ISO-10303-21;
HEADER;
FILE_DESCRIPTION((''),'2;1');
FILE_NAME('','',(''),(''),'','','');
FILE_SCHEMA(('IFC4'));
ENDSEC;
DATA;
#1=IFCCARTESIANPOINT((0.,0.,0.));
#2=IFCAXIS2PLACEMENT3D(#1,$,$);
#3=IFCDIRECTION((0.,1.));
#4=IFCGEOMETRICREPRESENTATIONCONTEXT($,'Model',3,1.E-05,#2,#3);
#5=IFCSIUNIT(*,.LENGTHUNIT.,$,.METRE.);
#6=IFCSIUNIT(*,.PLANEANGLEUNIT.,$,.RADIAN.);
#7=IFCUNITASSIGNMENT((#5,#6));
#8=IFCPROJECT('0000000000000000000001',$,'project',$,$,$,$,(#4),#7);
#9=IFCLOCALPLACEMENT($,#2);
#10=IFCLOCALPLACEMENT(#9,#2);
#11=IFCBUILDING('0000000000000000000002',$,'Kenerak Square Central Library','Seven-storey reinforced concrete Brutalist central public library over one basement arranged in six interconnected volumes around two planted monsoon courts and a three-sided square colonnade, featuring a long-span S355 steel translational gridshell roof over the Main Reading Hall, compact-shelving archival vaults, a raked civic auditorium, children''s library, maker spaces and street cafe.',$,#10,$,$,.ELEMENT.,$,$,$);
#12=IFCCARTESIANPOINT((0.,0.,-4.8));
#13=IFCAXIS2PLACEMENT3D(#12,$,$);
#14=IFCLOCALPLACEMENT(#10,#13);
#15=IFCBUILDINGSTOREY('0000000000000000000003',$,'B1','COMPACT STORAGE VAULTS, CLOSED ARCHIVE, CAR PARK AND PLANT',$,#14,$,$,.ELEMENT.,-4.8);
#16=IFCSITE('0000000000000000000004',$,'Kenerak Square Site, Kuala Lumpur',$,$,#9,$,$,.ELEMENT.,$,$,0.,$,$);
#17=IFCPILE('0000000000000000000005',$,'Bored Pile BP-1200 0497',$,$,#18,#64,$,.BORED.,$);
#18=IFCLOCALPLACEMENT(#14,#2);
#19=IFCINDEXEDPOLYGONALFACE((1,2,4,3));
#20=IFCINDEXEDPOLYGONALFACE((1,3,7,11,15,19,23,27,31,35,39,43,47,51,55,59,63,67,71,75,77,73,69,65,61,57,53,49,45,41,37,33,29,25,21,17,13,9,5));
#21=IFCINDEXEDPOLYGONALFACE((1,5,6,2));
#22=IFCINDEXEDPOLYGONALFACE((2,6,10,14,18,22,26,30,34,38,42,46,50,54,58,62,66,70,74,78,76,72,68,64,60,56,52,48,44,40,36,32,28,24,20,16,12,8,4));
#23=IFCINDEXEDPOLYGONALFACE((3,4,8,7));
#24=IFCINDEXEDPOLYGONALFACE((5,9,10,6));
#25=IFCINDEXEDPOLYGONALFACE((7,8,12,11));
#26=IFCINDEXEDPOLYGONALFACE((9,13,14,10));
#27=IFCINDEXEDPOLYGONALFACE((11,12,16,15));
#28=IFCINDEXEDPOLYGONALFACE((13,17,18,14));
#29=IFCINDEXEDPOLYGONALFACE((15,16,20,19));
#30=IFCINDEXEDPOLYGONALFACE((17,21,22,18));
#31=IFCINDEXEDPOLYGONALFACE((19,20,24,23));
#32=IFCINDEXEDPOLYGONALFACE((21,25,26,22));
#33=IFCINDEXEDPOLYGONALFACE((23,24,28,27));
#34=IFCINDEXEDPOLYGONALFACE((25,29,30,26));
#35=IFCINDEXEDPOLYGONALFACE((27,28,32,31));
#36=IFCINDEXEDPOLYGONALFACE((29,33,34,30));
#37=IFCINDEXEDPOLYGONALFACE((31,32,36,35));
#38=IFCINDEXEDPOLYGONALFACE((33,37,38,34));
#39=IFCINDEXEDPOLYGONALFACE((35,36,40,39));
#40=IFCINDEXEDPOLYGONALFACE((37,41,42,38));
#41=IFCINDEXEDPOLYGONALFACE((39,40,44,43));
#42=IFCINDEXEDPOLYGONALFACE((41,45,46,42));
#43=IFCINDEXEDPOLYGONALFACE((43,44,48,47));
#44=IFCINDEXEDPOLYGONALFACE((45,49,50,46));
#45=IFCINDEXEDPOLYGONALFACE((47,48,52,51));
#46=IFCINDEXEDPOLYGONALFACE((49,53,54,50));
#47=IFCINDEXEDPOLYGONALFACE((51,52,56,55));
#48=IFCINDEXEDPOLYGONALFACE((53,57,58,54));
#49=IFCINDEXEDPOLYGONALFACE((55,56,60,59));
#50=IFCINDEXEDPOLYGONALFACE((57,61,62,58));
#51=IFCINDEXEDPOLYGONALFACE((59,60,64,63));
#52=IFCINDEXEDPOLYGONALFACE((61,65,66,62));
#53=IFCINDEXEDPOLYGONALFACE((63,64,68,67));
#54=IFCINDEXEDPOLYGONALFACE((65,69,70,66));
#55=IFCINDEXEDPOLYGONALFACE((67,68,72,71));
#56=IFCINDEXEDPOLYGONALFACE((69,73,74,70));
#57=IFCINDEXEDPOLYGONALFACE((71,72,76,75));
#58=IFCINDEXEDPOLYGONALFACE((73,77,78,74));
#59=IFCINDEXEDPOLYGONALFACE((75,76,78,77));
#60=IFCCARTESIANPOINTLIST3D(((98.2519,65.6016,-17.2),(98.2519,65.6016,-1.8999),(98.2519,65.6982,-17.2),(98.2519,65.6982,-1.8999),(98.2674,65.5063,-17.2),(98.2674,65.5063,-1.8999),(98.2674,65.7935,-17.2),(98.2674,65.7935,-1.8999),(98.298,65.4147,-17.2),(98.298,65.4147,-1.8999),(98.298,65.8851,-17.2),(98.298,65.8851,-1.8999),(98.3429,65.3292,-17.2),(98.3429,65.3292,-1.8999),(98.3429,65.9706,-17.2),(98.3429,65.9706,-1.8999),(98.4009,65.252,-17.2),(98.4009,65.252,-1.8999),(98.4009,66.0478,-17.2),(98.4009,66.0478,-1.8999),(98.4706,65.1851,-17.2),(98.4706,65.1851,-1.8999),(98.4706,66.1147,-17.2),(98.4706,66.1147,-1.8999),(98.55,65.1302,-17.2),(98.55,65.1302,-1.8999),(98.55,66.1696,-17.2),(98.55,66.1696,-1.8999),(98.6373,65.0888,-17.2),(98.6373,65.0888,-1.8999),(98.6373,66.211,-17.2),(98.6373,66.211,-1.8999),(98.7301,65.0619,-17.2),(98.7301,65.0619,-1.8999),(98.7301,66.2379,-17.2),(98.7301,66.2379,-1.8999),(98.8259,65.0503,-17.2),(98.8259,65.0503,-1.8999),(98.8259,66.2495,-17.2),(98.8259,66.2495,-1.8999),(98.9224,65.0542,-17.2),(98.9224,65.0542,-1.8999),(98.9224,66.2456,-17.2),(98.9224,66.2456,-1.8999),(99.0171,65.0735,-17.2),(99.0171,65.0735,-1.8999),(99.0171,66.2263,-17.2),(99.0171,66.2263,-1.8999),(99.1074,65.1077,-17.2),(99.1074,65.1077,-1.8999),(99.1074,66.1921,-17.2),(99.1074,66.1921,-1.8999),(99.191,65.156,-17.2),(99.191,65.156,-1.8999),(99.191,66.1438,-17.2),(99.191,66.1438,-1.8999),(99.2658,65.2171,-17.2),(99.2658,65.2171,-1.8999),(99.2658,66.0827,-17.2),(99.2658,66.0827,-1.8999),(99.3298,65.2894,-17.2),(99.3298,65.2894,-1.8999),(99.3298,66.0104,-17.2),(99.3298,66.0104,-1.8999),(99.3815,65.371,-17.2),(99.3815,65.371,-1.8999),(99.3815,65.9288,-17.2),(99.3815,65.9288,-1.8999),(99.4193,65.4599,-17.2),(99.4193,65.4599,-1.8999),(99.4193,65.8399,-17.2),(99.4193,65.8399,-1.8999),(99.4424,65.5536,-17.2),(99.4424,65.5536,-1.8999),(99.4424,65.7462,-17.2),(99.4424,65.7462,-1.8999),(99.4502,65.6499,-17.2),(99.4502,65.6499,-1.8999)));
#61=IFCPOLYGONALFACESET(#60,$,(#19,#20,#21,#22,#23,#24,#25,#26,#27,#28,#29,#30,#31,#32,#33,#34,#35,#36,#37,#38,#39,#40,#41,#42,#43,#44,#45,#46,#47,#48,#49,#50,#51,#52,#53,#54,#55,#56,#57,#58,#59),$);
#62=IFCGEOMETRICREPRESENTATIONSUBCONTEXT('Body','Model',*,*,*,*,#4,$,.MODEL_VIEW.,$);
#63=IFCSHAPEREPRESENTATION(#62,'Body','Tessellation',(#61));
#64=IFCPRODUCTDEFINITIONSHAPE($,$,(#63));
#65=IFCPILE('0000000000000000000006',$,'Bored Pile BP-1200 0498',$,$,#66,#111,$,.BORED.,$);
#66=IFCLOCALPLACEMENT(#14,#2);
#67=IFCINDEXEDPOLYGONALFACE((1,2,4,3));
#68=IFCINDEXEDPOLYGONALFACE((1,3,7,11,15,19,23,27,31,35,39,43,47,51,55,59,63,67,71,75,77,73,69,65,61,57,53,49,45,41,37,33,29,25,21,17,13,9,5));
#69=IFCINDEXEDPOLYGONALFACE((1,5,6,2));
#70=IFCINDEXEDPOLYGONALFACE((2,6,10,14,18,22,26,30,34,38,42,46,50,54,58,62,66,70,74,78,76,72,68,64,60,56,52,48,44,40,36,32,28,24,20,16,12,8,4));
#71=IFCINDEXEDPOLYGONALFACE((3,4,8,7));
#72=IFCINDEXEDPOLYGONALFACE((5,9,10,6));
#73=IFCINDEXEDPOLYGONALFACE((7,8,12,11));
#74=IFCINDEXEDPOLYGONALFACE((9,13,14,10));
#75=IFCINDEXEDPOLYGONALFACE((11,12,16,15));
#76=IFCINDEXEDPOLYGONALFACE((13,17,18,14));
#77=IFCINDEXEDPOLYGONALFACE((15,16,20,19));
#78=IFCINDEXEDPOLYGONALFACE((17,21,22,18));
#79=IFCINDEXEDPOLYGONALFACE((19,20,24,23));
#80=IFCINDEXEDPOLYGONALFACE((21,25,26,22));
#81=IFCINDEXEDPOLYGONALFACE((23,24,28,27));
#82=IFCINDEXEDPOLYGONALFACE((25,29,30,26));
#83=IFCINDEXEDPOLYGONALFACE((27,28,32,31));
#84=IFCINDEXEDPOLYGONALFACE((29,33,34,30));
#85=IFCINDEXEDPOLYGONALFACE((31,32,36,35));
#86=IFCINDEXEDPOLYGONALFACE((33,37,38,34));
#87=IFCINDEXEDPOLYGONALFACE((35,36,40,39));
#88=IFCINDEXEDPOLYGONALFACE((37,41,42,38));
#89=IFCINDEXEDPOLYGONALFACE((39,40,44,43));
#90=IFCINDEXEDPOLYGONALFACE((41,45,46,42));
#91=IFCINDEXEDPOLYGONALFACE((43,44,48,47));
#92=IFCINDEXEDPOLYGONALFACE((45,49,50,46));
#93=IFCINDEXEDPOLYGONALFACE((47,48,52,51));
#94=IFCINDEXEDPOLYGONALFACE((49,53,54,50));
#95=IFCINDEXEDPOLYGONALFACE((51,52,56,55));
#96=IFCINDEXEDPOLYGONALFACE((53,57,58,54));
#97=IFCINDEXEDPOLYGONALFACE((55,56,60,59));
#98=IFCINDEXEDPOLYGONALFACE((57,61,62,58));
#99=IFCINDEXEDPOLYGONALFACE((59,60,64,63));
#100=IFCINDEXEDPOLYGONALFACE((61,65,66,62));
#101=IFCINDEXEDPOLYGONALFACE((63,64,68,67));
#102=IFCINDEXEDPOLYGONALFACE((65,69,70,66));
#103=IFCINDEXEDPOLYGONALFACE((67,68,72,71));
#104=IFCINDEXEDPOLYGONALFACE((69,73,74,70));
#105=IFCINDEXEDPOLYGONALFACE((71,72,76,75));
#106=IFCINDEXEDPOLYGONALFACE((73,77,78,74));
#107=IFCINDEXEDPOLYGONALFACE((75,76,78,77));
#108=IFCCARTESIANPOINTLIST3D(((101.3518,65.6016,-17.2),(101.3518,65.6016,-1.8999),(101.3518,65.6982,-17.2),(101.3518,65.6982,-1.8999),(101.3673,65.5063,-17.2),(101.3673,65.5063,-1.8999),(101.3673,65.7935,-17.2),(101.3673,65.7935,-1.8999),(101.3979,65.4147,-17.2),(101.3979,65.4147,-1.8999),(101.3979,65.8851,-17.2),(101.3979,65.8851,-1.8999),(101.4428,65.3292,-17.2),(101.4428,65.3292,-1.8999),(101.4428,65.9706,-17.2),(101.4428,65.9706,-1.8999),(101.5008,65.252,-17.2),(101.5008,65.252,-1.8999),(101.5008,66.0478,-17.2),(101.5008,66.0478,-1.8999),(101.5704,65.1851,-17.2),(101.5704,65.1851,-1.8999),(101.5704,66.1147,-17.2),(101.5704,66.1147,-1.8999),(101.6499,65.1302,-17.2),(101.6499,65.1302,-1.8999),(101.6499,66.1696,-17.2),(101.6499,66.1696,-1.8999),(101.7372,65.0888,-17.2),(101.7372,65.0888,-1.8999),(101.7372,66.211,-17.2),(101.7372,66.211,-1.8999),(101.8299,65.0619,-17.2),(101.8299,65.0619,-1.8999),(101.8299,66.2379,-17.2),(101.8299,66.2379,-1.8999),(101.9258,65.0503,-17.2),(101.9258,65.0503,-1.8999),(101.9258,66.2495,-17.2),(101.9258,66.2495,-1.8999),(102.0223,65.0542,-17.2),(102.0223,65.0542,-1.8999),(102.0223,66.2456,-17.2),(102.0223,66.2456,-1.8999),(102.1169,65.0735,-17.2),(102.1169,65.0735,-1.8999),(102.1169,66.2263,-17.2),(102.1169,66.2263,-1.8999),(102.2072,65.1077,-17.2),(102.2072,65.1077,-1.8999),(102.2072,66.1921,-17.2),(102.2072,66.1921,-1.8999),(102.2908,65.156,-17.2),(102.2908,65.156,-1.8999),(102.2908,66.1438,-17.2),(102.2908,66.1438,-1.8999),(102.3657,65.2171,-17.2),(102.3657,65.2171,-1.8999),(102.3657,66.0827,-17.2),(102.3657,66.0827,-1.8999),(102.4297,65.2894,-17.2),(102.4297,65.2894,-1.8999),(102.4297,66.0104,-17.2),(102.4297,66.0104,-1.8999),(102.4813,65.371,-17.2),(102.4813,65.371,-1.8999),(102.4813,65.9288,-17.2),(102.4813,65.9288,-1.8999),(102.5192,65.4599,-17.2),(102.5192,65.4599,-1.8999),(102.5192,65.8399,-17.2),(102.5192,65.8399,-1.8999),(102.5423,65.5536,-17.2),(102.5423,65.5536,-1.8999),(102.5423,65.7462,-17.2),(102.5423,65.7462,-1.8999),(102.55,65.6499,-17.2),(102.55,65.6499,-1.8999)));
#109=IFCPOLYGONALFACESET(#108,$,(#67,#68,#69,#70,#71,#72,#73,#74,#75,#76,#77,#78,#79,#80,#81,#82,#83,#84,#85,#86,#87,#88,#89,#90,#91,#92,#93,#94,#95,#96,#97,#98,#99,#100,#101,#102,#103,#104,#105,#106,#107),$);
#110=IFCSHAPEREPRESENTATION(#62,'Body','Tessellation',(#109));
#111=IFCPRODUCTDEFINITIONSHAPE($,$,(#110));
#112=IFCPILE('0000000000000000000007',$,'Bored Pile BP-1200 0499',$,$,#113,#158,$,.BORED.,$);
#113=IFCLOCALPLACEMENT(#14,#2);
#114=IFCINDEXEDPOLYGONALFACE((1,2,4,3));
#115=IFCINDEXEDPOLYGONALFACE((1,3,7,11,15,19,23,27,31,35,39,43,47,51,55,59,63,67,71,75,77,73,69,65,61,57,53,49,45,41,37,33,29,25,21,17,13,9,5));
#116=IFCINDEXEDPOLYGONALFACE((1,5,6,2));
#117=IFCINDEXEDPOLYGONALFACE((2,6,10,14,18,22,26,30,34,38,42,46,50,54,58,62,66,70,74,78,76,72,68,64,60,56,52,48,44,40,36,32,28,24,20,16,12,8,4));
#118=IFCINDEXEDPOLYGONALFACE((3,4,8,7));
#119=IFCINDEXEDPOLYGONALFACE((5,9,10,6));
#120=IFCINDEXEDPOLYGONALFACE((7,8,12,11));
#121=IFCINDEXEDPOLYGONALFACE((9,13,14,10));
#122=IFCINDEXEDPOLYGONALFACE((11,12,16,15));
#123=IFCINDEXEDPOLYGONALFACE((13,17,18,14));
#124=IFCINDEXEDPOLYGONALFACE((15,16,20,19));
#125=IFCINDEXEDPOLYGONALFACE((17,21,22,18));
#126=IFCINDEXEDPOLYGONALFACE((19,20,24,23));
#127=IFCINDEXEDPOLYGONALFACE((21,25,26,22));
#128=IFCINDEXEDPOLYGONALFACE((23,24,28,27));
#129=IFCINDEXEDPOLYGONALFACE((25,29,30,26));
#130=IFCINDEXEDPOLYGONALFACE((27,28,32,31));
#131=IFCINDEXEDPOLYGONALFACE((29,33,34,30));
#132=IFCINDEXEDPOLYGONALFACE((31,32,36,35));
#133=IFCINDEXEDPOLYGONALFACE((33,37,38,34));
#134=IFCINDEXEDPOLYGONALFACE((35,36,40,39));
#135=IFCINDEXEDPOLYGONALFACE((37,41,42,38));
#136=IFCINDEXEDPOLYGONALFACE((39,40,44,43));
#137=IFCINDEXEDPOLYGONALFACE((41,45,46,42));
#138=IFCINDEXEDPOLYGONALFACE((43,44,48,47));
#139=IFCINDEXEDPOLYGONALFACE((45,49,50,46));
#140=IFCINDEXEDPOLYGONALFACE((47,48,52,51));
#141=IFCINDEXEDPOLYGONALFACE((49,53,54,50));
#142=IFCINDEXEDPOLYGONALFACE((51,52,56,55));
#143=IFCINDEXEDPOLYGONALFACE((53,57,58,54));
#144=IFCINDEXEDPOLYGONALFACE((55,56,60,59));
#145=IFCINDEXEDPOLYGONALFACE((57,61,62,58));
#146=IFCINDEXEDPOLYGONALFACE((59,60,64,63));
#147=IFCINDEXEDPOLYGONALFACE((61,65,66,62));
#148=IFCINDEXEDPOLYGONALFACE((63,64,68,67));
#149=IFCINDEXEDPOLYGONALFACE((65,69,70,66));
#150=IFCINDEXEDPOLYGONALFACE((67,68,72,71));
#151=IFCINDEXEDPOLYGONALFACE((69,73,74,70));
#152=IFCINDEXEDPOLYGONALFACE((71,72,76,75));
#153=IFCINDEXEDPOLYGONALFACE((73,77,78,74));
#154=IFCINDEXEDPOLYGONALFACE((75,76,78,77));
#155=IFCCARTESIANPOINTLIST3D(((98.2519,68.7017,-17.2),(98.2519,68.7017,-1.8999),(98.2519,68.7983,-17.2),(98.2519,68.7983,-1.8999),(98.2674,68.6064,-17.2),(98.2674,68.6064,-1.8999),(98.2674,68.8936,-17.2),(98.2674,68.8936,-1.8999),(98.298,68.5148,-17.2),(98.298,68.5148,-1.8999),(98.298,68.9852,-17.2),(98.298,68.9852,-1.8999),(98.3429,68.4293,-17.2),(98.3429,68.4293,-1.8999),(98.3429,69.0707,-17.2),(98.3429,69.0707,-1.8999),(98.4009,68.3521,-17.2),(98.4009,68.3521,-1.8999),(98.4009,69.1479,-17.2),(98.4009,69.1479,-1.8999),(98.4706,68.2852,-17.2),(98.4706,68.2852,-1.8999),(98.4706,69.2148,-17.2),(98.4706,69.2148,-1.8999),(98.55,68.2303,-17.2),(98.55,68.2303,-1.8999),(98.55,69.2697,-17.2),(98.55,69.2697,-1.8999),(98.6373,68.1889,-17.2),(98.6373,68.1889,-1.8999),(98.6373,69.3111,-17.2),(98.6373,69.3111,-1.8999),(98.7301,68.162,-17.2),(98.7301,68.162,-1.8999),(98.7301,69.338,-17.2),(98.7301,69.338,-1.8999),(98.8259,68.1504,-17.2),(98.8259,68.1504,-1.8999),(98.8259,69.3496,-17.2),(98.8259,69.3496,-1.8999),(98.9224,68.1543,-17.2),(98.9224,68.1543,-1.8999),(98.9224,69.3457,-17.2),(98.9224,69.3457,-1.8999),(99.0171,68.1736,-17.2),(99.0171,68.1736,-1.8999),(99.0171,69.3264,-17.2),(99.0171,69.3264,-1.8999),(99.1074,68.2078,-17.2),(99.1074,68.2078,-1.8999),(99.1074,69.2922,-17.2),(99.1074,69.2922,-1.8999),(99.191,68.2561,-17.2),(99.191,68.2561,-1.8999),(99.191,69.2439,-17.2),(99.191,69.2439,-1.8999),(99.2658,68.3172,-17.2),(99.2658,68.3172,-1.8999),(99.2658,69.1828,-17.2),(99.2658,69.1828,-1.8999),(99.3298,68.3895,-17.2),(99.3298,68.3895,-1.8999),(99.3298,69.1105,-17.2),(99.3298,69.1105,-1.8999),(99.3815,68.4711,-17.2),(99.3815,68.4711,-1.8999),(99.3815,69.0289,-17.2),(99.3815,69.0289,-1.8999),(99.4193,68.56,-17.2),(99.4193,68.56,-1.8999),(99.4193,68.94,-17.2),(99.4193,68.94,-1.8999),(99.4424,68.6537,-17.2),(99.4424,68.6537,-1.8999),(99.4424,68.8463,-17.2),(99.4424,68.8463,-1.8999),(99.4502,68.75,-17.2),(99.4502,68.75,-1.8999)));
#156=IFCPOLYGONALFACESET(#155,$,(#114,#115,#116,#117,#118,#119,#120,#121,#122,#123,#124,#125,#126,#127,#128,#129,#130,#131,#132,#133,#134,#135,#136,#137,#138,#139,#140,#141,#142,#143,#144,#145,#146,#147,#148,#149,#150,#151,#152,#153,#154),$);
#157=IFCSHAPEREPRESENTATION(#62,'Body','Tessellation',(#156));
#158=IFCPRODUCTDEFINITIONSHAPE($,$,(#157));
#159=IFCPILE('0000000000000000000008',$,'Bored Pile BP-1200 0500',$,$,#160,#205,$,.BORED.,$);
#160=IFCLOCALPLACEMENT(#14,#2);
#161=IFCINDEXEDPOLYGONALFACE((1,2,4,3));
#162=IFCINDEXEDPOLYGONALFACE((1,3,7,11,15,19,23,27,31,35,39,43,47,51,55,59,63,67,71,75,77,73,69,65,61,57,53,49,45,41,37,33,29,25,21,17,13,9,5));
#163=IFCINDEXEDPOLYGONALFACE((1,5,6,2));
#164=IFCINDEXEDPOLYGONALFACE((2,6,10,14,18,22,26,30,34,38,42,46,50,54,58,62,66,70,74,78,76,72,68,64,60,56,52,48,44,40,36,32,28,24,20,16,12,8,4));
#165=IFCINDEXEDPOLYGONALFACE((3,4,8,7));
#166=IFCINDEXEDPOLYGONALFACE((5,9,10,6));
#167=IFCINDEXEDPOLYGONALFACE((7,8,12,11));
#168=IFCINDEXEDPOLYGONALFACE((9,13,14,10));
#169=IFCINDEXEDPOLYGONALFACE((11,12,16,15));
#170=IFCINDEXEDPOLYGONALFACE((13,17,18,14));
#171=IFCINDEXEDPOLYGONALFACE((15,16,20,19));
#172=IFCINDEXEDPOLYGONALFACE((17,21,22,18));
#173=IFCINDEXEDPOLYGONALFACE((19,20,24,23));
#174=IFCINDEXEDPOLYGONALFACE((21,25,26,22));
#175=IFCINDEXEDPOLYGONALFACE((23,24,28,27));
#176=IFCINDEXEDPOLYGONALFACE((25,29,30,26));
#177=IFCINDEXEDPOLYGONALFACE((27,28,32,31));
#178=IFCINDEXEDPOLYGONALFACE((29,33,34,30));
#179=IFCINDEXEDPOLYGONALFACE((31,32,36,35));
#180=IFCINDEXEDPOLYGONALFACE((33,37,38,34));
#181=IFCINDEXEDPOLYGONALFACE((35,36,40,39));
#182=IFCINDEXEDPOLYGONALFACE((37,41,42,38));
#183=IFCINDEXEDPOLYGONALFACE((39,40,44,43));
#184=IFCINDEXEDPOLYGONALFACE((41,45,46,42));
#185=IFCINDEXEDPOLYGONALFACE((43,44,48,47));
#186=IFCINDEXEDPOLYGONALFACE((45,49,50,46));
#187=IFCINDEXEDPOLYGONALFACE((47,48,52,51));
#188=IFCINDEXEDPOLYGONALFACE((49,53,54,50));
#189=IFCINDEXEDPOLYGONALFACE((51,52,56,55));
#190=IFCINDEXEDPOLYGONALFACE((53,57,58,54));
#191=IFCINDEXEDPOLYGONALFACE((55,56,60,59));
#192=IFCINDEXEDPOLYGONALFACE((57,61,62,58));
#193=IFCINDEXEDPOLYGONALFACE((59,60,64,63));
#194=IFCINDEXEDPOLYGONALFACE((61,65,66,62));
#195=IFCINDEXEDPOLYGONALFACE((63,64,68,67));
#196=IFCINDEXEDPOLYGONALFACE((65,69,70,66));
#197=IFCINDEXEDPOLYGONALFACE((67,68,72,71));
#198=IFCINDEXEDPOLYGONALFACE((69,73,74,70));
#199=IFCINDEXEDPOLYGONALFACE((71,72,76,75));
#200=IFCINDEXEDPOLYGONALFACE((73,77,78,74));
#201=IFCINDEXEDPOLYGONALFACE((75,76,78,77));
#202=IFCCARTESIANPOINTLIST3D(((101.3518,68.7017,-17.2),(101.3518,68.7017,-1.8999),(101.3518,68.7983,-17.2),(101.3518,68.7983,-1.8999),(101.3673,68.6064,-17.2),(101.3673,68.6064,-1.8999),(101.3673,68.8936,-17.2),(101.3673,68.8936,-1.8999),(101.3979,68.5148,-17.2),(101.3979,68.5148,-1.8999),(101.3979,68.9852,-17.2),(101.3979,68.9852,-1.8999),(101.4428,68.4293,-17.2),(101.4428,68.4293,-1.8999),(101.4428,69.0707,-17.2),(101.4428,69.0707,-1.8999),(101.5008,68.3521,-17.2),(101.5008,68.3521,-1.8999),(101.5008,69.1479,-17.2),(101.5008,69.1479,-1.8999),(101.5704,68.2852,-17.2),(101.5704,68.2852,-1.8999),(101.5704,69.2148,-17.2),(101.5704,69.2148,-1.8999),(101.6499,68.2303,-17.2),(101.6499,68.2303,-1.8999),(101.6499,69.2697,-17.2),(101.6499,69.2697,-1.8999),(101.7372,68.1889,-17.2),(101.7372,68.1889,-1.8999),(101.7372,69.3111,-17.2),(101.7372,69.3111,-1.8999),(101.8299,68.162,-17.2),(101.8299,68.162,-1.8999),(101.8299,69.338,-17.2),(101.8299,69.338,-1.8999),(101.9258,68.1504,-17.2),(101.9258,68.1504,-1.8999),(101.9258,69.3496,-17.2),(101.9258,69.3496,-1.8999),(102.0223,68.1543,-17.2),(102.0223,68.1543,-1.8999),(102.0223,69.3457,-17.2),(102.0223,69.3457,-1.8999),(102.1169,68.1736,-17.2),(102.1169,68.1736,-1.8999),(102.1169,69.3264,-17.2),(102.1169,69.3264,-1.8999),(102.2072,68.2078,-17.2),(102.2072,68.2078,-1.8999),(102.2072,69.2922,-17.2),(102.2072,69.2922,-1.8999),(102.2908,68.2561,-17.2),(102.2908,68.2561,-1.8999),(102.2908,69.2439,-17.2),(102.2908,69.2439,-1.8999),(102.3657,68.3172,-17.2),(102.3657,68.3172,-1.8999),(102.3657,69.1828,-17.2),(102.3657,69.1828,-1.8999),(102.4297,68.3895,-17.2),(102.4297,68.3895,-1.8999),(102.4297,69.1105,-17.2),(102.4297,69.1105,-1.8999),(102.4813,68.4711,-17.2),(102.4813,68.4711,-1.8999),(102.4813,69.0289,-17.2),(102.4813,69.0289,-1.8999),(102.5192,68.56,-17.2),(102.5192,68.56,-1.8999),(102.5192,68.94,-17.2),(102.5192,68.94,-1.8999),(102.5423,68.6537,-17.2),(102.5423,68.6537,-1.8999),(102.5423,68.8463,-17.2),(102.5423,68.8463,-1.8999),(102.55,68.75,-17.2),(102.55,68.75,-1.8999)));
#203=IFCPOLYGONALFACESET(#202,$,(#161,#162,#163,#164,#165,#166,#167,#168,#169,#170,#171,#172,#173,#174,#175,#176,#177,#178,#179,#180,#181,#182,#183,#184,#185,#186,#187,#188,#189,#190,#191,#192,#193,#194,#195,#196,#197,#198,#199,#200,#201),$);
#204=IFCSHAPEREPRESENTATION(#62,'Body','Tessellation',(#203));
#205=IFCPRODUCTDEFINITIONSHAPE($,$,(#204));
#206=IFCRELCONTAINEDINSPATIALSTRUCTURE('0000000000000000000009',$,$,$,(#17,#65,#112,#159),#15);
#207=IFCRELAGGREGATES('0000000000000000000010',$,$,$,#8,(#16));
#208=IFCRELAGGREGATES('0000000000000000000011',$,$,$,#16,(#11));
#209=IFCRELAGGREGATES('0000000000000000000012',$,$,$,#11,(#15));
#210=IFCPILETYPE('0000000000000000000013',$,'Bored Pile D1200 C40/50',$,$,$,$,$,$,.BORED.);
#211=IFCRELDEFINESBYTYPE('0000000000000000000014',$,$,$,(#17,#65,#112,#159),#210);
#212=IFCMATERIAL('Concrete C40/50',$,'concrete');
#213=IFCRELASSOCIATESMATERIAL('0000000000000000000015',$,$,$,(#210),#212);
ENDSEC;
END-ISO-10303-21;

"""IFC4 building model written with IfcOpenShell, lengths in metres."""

from ifc_helpers import new_model, si_unit, direction, frame, origin, origin_2d, place, context, subcontext, project, spatial, circle, extrude, material, material_profile, profile_set, type_object, element, save


model = new_model("IFC4")

# Units and contexts
model_context = context("Model", 3, precision=1e-05, world=origin(), true_north=direction((0.0, 1.0)))
body_context = subcontext(model_context, "Body", "Model", "MODEL_VIEW")
ifc_project = project(units=[si_unit("LENGTHUNIT", "METRE"), si_unit("PLANEANGLEUNIT", "RADIAN")], contexts=[model_context])

# Site, building, storey
site_placement = place(None, origin())
site = spatial("IfcSite", under=ifc_project, at=site_placement, Name="Kenerak Square Site, Kuala Lumpur", CompositionType="ELEMENT", RefElevation=0.0)
building_placement = place(site_placement, origin())
building = spatial("IfcBuilding", under=site, at=building_placement, Name="Kenerak Square Central Library", Description="Seven-storey reinforced concrete Brutalist central public library over one basement arranged in six interconnected volumes around two planted monsoon courts and a three-sided square colonnade, featuring a long-span S355 steel translational gridshell roof over the Main Reading Hall, compact-shelving archival vaults, a raked civic auditorium, children's library, maker spaces and street cafe.", CompositionType="ELEMENT")
storey_placement = place(building_placement, frame((0.0, 0.0, -4.8)))
storey = spatial("IfcBuildingStorey", under=building, at=storey_placement, Name="B1", Description="COMPACT STORAGE VAULTS, CLOSED ARCHIVE, CAR PARK AND PLANT", CompositionType="ELEMENT", Elevation=-4.8)

# Piles
ifc_material_1 = material(Name="Concrete C40/50", Category="concrete")
ifc_material_profile_1 = material_profile(ifc_material_1, circle(Radius=0.6001, at=origin_2d()), Name="BP D1200")
ifc_profile_set_1 = profile_set([ifc_material_profile_1], Name="Concrete C40/50")
pile_type = type_object("IfcPileType", Name="Bored Pile D1200 C40/50", PredefinedType="BORED", material=ifc_profile_set_1)
for number, where, z_axis, x_axis, name in (
    (1, (98.8501, 65.6499, -1.8999), (0.0, 0.0, -1.0), (1.0, 0.0, 0.0), "Bored Pile BP-1200 0497"),
    (2, (101.95, 65.6499, -1.8999), (0.0, 0.0, -1.0), (1.0, 0.0, 0.0), "Bored Pile BP-1200 0498"),
    (3, (98.8501, 68.75, -1.8999), (0.0, 0.0, -1.0), (1.0, 0.0, 0.0), "Bored Pile BP-1200 0499"),
    (4, (101.95, 68.75, -1.8999), (0.0, 0.0, -1.0), (1.0, 0.0, 0.0), "Bored Pile BP-1200 0500"),
):
    element("IfcPile", number, at=place(storey_placement, frame(where, z_axis=z_axis, x_axis=x_axis)), inside=storey, type_object=pile_type, Name=name, PredefinedType="BORED", context=body_context, shape_type="SweptSolid", body=[
        extrude(circle(Radius=0.6001, at=origin_2d()), origin(), (0.0, 0.0, 1.0), 15.3),
    ])

save(model, "model.ifc")
